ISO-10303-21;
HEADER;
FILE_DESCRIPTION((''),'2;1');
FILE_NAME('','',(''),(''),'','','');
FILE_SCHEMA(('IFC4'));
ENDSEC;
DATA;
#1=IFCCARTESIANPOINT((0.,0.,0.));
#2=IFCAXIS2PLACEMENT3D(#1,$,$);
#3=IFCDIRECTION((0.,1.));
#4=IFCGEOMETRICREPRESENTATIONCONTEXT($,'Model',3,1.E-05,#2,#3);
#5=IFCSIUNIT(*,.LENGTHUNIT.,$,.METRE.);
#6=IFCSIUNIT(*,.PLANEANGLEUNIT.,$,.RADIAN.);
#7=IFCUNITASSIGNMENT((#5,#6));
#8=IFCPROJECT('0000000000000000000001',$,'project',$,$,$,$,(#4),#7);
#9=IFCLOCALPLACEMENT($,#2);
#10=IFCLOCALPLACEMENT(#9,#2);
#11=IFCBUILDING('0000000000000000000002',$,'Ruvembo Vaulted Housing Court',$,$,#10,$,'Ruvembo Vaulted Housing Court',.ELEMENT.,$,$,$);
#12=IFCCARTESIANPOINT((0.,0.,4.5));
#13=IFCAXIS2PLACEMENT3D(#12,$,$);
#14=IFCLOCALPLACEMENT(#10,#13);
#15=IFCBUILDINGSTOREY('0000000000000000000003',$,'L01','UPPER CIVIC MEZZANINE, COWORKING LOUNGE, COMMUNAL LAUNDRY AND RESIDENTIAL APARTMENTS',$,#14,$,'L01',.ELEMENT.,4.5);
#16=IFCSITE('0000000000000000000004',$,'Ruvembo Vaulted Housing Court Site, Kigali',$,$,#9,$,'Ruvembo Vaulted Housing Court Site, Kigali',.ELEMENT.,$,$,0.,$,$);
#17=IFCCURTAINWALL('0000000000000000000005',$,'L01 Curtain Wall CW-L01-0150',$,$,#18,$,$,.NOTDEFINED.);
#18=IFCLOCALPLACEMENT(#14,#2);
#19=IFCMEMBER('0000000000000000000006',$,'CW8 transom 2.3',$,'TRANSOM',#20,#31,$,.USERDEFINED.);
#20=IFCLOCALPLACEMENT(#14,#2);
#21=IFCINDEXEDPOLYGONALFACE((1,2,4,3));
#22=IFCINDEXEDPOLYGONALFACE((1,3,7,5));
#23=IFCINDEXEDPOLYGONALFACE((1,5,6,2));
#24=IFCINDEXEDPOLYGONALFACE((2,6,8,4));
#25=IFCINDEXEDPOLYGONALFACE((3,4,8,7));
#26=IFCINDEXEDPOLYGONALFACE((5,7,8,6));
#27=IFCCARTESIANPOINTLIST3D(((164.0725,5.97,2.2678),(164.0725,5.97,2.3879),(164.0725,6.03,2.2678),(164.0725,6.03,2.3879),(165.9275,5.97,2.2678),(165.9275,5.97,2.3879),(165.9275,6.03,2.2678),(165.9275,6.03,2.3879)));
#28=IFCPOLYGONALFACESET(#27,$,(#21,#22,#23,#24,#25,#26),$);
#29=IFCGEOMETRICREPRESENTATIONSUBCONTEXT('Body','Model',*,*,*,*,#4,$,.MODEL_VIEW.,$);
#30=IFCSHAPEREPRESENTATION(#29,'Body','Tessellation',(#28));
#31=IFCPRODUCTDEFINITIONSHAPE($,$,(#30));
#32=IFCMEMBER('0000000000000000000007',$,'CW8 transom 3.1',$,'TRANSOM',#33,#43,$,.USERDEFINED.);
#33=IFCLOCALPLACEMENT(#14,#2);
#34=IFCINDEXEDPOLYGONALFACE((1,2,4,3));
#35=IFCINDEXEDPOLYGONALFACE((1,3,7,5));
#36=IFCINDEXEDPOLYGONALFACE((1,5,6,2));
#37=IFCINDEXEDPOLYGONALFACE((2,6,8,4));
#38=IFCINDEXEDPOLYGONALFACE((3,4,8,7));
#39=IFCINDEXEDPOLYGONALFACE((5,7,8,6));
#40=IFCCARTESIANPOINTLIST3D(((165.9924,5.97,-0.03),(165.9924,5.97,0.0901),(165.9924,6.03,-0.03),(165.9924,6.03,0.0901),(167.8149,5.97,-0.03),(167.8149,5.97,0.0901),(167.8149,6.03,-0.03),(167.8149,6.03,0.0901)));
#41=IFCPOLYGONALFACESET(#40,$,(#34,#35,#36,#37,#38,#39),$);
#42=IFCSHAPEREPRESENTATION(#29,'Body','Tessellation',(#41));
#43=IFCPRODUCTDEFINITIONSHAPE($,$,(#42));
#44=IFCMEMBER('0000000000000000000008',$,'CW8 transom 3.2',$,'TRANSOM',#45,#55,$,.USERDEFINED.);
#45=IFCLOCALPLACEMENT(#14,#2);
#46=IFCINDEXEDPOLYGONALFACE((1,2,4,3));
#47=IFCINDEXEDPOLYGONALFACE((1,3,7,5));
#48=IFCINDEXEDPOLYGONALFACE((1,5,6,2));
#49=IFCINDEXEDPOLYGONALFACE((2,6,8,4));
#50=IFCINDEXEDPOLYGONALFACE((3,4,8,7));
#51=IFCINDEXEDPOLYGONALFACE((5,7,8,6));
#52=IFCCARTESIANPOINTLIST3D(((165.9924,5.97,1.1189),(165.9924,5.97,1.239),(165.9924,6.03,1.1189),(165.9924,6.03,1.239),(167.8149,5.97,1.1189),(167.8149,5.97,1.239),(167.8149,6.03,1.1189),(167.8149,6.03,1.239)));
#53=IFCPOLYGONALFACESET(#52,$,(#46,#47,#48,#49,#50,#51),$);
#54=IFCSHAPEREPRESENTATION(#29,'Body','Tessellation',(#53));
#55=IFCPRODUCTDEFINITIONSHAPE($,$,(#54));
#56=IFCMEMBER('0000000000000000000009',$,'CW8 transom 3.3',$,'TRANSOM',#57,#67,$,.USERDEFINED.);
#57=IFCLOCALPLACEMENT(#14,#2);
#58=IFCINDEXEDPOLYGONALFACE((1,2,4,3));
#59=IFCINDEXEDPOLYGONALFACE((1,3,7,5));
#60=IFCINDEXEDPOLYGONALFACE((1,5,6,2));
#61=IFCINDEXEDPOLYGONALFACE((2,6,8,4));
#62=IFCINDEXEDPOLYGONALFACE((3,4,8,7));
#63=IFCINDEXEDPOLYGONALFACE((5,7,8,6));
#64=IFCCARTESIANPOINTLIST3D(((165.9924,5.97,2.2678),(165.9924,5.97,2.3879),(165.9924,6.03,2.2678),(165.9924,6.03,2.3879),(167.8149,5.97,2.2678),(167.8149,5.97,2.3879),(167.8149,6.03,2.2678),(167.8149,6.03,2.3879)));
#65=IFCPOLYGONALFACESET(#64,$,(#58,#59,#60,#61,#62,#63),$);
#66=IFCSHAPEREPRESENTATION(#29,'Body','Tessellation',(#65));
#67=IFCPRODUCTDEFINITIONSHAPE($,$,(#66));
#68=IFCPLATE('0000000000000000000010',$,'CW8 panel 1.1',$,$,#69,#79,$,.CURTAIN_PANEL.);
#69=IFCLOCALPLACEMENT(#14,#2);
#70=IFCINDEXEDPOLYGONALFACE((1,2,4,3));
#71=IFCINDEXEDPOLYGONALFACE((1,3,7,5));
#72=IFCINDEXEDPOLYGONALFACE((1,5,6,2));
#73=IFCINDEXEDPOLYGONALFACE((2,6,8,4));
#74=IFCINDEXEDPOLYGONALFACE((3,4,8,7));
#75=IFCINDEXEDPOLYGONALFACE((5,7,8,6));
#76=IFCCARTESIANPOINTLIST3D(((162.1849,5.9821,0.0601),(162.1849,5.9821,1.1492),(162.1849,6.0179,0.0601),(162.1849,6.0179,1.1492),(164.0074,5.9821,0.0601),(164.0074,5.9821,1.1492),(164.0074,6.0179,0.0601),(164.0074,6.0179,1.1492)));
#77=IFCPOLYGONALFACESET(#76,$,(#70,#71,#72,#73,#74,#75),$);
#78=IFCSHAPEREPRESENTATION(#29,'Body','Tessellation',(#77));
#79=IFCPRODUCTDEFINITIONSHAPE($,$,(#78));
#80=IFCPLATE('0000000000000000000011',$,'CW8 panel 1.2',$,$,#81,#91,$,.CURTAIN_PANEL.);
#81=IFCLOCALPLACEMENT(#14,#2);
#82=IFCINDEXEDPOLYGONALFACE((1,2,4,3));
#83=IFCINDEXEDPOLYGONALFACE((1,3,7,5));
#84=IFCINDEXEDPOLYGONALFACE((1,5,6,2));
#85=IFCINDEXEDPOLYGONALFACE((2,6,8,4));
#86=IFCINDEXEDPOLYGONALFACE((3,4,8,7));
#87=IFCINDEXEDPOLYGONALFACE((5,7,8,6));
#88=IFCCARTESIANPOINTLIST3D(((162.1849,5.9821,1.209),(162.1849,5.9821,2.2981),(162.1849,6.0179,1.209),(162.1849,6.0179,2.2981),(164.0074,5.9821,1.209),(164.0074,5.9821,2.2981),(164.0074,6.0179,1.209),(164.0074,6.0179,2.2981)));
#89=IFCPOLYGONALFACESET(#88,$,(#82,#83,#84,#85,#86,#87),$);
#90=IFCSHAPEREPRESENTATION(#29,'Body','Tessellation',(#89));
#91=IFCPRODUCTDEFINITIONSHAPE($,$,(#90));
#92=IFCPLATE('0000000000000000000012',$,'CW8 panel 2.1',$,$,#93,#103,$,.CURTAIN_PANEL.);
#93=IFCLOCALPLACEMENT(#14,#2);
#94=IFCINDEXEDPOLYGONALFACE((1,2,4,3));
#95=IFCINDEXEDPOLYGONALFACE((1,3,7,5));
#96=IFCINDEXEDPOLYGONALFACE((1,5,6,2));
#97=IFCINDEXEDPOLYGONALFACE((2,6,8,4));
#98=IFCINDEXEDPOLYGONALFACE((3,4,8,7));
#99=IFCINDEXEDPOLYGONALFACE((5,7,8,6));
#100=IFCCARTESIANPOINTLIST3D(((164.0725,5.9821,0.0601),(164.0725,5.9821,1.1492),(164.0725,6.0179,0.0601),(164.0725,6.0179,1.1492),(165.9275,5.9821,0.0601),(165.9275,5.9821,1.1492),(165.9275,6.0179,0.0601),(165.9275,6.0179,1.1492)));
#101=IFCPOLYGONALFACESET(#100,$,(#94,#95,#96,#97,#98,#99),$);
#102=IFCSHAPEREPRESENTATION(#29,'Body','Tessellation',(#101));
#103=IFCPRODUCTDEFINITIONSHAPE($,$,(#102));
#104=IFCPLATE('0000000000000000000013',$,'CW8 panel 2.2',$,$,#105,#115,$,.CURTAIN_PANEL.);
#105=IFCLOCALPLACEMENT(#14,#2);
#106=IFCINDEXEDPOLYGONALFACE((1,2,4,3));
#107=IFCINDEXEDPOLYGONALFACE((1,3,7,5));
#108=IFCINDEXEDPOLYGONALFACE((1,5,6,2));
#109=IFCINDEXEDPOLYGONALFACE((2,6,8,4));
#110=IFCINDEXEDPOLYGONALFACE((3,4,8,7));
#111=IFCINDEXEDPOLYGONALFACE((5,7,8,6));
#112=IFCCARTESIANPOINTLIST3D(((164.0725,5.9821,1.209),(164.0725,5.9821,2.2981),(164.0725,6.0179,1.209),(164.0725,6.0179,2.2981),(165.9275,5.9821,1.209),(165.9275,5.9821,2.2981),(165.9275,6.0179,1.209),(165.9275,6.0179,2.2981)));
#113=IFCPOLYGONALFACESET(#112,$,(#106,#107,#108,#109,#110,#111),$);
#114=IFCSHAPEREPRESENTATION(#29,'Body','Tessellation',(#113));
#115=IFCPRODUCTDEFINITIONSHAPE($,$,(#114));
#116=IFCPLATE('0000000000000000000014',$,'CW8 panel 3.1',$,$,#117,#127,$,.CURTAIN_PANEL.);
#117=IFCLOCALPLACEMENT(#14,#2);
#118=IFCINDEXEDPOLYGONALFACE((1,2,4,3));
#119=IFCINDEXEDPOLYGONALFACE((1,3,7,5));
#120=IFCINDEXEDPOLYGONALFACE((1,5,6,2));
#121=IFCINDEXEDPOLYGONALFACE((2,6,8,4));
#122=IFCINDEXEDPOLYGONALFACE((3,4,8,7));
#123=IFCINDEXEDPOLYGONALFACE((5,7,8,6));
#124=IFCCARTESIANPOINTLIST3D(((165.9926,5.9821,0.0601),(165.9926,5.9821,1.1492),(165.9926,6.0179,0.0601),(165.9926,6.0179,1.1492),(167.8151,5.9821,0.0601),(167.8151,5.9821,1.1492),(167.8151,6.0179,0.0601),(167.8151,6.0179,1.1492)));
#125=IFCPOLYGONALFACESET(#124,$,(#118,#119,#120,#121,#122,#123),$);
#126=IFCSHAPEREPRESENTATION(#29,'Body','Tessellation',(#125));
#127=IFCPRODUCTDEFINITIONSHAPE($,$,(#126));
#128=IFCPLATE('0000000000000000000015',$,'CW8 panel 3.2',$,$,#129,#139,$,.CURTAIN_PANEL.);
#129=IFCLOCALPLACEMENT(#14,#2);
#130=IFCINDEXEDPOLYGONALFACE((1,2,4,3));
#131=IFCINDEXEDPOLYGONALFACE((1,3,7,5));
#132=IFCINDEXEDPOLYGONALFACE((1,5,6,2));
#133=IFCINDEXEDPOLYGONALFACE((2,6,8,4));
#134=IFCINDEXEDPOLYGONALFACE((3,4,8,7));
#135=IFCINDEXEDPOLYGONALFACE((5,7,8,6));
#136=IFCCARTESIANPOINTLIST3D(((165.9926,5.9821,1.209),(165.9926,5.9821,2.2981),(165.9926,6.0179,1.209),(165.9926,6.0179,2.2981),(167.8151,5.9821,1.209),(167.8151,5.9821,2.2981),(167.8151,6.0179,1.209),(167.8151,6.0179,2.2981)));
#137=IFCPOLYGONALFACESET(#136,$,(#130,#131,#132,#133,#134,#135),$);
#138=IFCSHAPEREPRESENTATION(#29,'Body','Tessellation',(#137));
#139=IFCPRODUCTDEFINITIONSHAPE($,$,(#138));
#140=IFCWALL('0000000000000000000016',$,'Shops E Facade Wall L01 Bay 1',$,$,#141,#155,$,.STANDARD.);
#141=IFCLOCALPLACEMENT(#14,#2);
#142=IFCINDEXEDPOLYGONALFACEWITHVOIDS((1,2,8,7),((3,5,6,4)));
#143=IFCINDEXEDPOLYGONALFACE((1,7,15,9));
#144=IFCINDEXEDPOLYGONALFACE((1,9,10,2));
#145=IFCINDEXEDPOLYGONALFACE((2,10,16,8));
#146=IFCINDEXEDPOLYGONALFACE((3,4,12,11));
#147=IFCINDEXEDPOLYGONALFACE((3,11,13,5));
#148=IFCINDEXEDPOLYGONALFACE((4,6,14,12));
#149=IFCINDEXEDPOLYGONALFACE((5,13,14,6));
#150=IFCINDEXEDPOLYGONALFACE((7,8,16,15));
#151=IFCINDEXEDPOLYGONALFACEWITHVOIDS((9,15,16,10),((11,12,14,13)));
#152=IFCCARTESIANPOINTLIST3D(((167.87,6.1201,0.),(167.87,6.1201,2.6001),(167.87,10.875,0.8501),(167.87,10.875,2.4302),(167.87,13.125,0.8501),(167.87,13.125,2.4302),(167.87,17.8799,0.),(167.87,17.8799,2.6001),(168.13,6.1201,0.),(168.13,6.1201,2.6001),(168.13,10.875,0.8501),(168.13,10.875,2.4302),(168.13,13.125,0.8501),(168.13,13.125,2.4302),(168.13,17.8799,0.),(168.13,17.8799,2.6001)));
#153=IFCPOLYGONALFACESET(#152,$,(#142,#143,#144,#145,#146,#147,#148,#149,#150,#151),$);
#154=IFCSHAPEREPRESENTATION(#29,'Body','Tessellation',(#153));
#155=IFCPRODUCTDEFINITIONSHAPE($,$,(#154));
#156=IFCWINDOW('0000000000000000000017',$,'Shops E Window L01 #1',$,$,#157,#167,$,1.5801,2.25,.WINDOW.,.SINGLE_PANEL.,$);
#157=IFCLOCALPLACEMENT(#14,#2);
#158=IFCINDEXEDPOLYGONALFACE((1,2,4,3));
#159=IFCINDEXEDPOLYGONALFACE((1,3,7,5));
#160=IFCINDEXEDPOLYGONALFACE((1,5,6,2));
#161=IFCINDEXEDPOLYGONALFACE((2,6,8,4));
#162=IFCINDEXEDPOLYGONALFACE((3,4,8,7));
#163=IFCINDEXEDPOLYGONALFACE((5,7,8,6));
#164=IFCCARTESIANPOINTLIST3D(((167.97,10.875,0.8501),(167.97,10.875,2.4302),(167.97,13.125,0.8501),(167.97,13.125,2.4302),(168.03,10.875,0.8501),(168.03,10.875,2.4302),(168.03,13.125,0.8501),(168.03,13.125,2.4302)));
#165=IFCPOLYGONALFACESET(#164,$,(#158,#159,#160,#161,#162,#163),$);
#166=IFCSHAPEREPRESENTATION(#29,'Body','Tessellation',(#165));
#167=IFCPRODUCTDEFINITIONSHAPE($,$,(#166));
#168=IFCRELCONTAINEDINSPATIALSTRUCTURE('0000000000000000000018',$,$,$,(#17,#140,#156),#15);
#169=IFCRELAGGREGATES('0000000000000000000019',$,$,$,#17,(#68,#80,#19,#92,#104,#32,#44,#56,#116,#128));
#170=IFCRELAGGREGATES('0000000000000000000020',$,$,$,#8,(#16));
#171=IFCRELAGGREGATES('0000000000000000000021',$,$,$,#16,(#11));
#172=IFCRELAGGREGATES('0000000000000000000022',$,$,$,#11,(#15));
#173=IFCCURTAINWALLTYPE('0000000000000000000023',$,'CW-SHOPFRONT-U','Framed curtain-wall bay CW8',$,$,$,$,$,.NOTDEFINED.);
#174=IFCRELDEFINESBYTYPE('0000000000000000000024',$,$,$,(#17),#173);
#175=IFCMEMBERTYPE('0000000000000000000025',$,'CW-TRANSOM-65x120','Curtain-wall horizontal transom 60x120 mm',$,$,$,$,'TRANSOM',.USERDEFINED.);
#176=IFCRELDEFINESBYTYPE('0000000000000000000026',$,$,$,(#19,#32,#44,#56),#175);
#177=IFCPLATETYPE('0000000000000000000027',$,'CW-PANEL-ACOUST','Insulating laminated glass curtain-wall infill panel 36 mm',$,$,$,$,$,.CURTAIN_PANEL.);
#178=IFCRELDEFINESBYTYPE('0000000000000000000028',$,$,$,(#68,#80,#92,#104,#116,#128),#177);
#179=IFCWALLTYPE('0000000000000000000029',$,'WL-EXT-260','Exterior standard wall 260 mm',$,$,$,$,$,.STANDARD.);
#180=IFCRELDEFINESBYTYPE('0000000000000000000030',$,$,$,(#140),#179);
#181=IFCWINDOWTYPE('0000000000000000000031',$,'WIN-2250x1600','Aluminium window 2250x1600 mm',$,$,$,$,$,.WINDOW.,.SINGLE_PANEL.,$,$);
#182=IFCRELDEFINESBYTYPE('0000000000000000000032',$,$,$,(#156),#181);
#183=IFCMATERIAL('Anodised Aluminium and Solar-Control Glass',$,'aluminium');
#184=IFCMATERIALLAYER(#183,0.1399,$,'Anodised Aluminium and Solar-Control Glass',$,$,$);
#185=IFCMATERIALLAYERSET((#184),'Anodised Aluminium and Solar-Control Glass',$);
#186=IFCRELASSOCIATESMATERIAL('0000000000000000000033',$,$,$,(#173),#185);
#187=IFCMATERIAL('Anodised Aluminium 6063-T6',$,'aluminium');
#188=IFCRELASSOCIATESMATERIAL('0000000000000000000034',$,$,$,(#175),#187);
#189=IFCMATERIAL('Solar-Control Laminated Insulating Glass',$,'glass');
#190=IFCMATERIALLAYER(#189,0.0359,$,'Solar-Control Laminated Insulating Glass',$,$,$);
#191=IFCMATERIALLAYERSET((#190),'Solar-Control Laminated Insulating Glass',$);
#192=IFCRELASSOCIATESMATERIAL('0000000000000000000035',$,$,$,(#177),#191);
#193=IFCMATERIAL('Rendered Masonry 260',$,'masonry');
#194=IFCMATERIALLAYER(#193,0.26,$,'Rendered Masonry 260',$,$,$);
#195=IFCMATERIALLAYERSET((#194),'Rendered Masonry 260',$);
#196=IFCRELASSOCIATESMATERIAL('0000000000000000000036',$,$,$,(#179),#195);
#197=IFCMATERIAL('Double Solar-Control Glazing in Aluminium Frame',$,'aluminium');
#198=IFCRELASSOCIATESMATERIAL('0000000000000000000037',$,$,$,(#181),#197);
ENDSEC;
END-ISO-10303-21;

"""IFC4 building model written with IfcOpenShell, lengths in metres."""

from ifc_helpers import new_model, si_unit, direction, frame, frame_2d, origin, origin_2d, place, context, subcontext, project, spatial, rectangle, extrude, material, layer, layer_set, material_profile, profile_set, type_object, element, fill, aggregate, save


model = new_model("IFC4")

# Units and contexts
model_context = context("Model", 3, precision=1e-05, world=origin(), true_north=direction((0.0, 1.0)))
body_context = subcontext(model_context, "Body", "Model", "MODEL_VIEW")
ifc_project = project(units=[si_unit("LENGTHUNIT", "METRE"), si_unit("PLANEANGLEUNIT", "RADIAN")], contexts=[model_context])

# Site, building, storey
site_placement = place(None, origin())
site = spatial("IfcSite", under=ifc_project, at=site_placement, Name="Ruvembo Vaulted Housing Court Site, Kigali", LongName="Ruvembo Vaulted Housing Court Site, Kigali", CompositionType="ELEMENT", RefElevation=0.0)
building_placement = place(site_placement, origin())
building = spatial("IfcBuilding", under=site, at=building_placement, Name="Ruvembo Vaulted Housing Court", LongName="Ruvembo Vaulted Housing Court", CompositionType="ELEMENT")
storey_placement = place(building_placement, frame((0.0, 0.0, 4.5)))
storey = spatial("IfcBuildingStorey", under=building, at=storey_placement, Name="L01", Description="UPPER CIVIC MEZZANINE, COWORKING LOUNGE, COMMUNAL LAUNDRY AND RESIDENTIAL APARTMENTS", LongName="L01", CompositionType="ELEMENT", Elevation=4.5)

# Curtain wall, members, plates
ifc_material_1 = material(Name="Anodised Aluminium and Solar-Control Glass", Category="aluminium")
ifc_layer_1 = layer(ifc_material_1, 0.1399, Name="Anodised Aluminium and Solar-Control Glass")
ifc_layer_set_1 = layer_set([ifc_layer_1], Name="Anodised Aluminium and Solar-Control Glass")
curtain_wall_type = type_object("IfcCurtainWallType", Name="CW-SHOPFRONT-U", Description="Framed curtain-wall bay CW8", PredefinedType="NOTDEFINED", material=ifc_layer_set_1)
curtain_wall_placement = place(storey_placement, origin())
curtain_wall = element("IfcCurtainWall", 1, at=curtain_wall_placement, inside=storey, type_object=curtain_wall_type, Name="L01 Curtain Wall CW-L01-0150", PredefinedType="NOTDEFINED")
ifc_material_2 = material(Name="Anodised Aluminium 6063-T6", Category="aluminium")
ifc_material_profile_1 = material_profile(ifc_material_2, rectangle(XDim=0.0601, YDim=0.1201, at=origin_2d()), Name="ALU 60x120")
ifc_profile_set_1 = profile_set([ifc_material_profile_1], Name="Anodised Aluminium 6063-T6")
member_type_1 = type_object("IfcMemberType", Name="CW-TRANSOM-65x120", Description="Curtain-wall horizontal transom 60x120 mm", ElementType="TRANSOM", PredefinedType="USERDEFINED", material=ifc_profile_set_1)
member_1_placement = place(storey_placement, frame((164.0725, 6.0, 2.3279), z_axis=(1.0, 0.0, 0.0), x_axis=(0.0, 1.0, 0.0)))
member_1 = element("IfcMember", 2, at=member_1_placement, type_object=member_type_1, Name="CW8 transom 2.3", ObjectType="TRANSOM", PredefinedType="USERDEFINED", context=body_context, shape_type="SweptSolid", body=[
    extrude(rectangle(XDim=0.0601, YDim=0.1201, at=origin_2d()), origin(), (0.0, 0.0, 1.0), 1.855),
])
member_2_placement = place(storey_placement, frame((165.9924, 6.0, 0.03), z_axis=(1.0, 0.0, 0.0), x_axis=(0.0, 1.0, 0.0)))
member_2 = element("IfcMember", 3, at=member_2_placement, type_object=member_type_1, Name="CW8 transom 3.1", ObjectType="TRANSOM", PredefinedType="USERDEFINED", context=body_context, shape_type="SweptSolid", body=[
    extrude(rectangle(XDim=0.0601, YDim=0.1201, at=origin_2d()), origin(), (0.0, 0.0, 1.0), 1.8225),
])
member_3_placement = place(storey_placement, frame((165.9924, 6.0, 1.179), z_axis=(1.0, 0.0, 0.0), x_axis=(0.0, 1.0, 0.0)))
member_3 = element("IfcMember", 4, at=member_3_placement, type_object=member_type_1, Name="CW8 transom 3.2", ObjectType="TRANSOM", PredefinedType="USERDEFINED", context=body_context, shape_type="SweptSolid", body=[
    extrude(rectangle(XDim=0.0601, YDim=0.1201, at=origin_2d()), origin(), (0.0, 0.0, 1.0), 1.8225),
])
member_4_placement = place(storey_placement, frame((165.9924, 6.0, 2.3279), z_axis=(1.0, 0.0, 0.0), x_axis=(0.0, 1.0, 0.0)))
member_4 = element("IfcMember", 5, at=member_4_placement, type_object=member_type_1, Name="CW8 transom 3.3", ObjectType="TRANSOM", PredefinedType="USERDEFINED", context=body_context, shape_type="SweptSolid", body=[
    extrude(rectangle(XDim=0.0601, YDim=0.1201, at=origin_2d()), origin(), (0.0, 0.0, 1.0), 1.8225),
])
ifc_material_3 = material(Name="Solar-Control Laminated Insulating Glass", Category="glass")
ifc_layer_2 = layer(ifc_material_3, 0.0359, Name="Solar-Control Laminated Insulating Glass")
ifc_layer_set_2 = layer_set([ifc_layer_2], Name="Solar-Control Laminated Insulating Glass")
plate_type = type_object("IfcPlateType", Name="CW-PANEL-ACOUST", Description="Insulating laminated glass curtain-wall infill panel 36 mm", PredefinedType="CURTAIN_PANEL", material=ifc_layer_set_2)
plate_1_placement = place(storey_placement, frame((163.0962, 6.0, 0.0601), z_axis=(0.0, 0.0, 1.0), x_axis=(1.0, 0.0, 0.0)))
plate_1 = element("IfcPlate", 6, at=plate_1_placement, type_object=plate_type, Name="CW8 panel 1.1", PredefinedType="CURTAIN_PANEL", context=body_context, shape_type="SweptSolid", body=[
    extrude(rectangle(XDim=1.8225, YDim=0.0359, at=origin_2d()), origin(), (0.0, 0.0, 1.0), 1.0891),
])
plate_2_placement = place(storey_placement, frame((163.0962, 6.0, 1.209), z_axis=(0.0, 0.0, 1.0), x_axis=(1.0, 0.0, 0.0)))
plate_2 = element("IfcPlate", 7, at=plate_2_placement, type_object=plate_type, Name="CW8 panel 1.2", PredefinedType="CURTAIN_PANEL", context=body_context, shape_type="SweptSolid", body=[
    extrude(rectangle(XDim=1.8225, YDim=0.0359, at=origin_2d()), origin(), (0.0, 0.0, 1.0), 1.0891),
])
plate_3_placement = place(storey_placement, frame((165.0, 6.0, 0.0601), z_axis=(0.0, 0.0, 1.0), x_axis=(1.0, 0.0, 0.0)))
plate_3 = element("IfcPlate", 8, at=plate_3_placement, type_object=plate_type, Name="CW8 panel 2.1", PredefinedType="CURTAIN_PANEL", context=body_context, shape_type="SweptSolid", body=[
    extrude(rectangle(XDim=1.855, YDim=0.0359, at=origin_2d()), origin(), (0.0, 0.0, 1.0), 1.0891),
])
plate_4_placement = place(storey_placement, frame((165.0, 6.0, 1.209), z_axis=(0.0, 0.0, 1.0), x_axis=(1.0, 0.0, 0.0)))
plate_4 = element("IfcPlate", 9, at=plate_4_placement, type_object=plate_type, Name="CW8 panel 2.2", PredefinedType="CURTAIN_PANEL", context=body_context, shape_type="SweptSolid", body=[
    extrude(rectangle(XDim=1.855, YDim=0.0359, at=origin_2d()), origin(), (0.0, 0.0, 1.0), 1.0891),
])
plate_5_placement = place(storey_placement, frame((166.9038, 6.0, 0.0601), z_axis=(0.0, 0.0, 1.0), x_axis=(1.0, 0.0, 0.0)))
plate_5 = element("IfcPlate", 10, at=plate_5_placement, type_object=plate_type, Name="CW8 panel 3.1", PredefinedType="CURTAIN_PANEL", context=body_context, shape_type="SweptSolid", body=[
    extrude(rectangle(XDim=1.8225, YDim=0.0359, at=origin_2d()), origin(), (0.0, 0.0, 1.0), 1.0891),
])
plate_6_placement = place(storey_placement, frame((166.9038, 6.0, 1.209), z_axis=(0.0, 0.0, 1.0), x_axis=(1.0, 0.0, 0.0)))
plate_6 = element("IfcPlate", 11, at=plate_6_placement, type_object=plate_type, Name="CW8 panel 3.2", PredefinedType="CURTAIN_PANEL", context=body_context, shape_type="SweptSolid", body=[
    extrude(rectangle(XDim=1.8225, YDim=0.0359, at=origin_2d()), origin(), (0.0, 0.0, 1.0), 1.0891),
])
aggregate(curtain_wall, [plate_1, plate_2, member_1, plate_3, plate_4, member_2, member_3, member_4, plate_5, plate_6])

# Wall, opening, window
ifc_material_4 = material(Name="Rendered Masonry 260", Category="masonry")
ifc_layer_3 = layer(ifc_material_4, 0.26, Name="Rendered Masonry 260")
ifc_layer_set_3 = layer_set([ifc_layer_3], Name="Rendered Masonry 260")
wall_type = type_object("IfcWallType", Name="WL-EXT-260", Description="Exterior standard wall 260 mm", PredefinedType="STANDARD", material=ifc_layer_set_3)
wall_1_placement = place(storey_placement, frame((168.0, 6.1201, 0.0), z_axis=(0.0, 0.0, 1.0), x_axis=(0.0, 1.0, 0.0)))
wall_1 = element("IfcWall", 12, at=wall_1_placement, inside=storey, type_object=wall_type, Name="Shops E Facade Wall L01 Bay 1", PredefinedType="STANDARD", context=body_context, shape_type="SweptSolid", body=[
    extrude(rectangle(XDim=11.7598, YDim=0.26, at=frame_2d((5.8799, 0.0))), origin(), (0.0, 0.0, 1.0), 2.6001),
])
opening_1_placement = place(wall_1_placement, frame((4.7549, 0.0, 0.8501)))
opening_1 = element("IfcOpeningElement", 13, at=opening_1_placement, cuts=wall_1, PredefinedType="OPENING", context=body_context, shape_type="SweptSolid", body=[
    extrude(rectangle(XDim=2.25, YDim=1.5801, at=frame_2d((1.125, 0.79))), frame((0.0, 0.1399, 0.0), z_axis=(0.0, -1.0, 0.0), x_axis=(1.0, 0.0, 0.0)), (0.0, 0.0, 1.0), 0.28),
])
ifc_material_5 = material(Name="Double Solar-Control Glazing in Aluminium Frame", Category="aluminium")
window_type = type_object("IfcWindowType", Name="WIN-2250x1600", Description="Aluminium window 2250x1600 mm", PartitioningType="SINGLE_PANEL", PredefinedType="WINDOW", material=ifc_material_5)
window_placement = place(opening_1_placement, origin())
window = element("IfcWindow", 14, at=window_placement, inside=storey, type_object=window_type, Name="Shops E Window L01 #1", OverallHeight=1.5801, OverallWidth=2.25, PartitioningType="SINGLE_PANEL", PredefinedType="WINDOW", context=body_context, shape_type="SweptSolid", body=[
    extrude(rectangle(XDim=2.25, YDim=1.5801, at=frame_2d((1.125, 0.79))), frame((0.0, 0.03, 0.0), z_axis=(0.0, -1.0, 0.0), x_axis=(1.0, 0.0, 0.0)), (0.0, 0.0, 1.0), 0.0601),
])
fill(opening_1, window)

save(model, "model.ifc")
